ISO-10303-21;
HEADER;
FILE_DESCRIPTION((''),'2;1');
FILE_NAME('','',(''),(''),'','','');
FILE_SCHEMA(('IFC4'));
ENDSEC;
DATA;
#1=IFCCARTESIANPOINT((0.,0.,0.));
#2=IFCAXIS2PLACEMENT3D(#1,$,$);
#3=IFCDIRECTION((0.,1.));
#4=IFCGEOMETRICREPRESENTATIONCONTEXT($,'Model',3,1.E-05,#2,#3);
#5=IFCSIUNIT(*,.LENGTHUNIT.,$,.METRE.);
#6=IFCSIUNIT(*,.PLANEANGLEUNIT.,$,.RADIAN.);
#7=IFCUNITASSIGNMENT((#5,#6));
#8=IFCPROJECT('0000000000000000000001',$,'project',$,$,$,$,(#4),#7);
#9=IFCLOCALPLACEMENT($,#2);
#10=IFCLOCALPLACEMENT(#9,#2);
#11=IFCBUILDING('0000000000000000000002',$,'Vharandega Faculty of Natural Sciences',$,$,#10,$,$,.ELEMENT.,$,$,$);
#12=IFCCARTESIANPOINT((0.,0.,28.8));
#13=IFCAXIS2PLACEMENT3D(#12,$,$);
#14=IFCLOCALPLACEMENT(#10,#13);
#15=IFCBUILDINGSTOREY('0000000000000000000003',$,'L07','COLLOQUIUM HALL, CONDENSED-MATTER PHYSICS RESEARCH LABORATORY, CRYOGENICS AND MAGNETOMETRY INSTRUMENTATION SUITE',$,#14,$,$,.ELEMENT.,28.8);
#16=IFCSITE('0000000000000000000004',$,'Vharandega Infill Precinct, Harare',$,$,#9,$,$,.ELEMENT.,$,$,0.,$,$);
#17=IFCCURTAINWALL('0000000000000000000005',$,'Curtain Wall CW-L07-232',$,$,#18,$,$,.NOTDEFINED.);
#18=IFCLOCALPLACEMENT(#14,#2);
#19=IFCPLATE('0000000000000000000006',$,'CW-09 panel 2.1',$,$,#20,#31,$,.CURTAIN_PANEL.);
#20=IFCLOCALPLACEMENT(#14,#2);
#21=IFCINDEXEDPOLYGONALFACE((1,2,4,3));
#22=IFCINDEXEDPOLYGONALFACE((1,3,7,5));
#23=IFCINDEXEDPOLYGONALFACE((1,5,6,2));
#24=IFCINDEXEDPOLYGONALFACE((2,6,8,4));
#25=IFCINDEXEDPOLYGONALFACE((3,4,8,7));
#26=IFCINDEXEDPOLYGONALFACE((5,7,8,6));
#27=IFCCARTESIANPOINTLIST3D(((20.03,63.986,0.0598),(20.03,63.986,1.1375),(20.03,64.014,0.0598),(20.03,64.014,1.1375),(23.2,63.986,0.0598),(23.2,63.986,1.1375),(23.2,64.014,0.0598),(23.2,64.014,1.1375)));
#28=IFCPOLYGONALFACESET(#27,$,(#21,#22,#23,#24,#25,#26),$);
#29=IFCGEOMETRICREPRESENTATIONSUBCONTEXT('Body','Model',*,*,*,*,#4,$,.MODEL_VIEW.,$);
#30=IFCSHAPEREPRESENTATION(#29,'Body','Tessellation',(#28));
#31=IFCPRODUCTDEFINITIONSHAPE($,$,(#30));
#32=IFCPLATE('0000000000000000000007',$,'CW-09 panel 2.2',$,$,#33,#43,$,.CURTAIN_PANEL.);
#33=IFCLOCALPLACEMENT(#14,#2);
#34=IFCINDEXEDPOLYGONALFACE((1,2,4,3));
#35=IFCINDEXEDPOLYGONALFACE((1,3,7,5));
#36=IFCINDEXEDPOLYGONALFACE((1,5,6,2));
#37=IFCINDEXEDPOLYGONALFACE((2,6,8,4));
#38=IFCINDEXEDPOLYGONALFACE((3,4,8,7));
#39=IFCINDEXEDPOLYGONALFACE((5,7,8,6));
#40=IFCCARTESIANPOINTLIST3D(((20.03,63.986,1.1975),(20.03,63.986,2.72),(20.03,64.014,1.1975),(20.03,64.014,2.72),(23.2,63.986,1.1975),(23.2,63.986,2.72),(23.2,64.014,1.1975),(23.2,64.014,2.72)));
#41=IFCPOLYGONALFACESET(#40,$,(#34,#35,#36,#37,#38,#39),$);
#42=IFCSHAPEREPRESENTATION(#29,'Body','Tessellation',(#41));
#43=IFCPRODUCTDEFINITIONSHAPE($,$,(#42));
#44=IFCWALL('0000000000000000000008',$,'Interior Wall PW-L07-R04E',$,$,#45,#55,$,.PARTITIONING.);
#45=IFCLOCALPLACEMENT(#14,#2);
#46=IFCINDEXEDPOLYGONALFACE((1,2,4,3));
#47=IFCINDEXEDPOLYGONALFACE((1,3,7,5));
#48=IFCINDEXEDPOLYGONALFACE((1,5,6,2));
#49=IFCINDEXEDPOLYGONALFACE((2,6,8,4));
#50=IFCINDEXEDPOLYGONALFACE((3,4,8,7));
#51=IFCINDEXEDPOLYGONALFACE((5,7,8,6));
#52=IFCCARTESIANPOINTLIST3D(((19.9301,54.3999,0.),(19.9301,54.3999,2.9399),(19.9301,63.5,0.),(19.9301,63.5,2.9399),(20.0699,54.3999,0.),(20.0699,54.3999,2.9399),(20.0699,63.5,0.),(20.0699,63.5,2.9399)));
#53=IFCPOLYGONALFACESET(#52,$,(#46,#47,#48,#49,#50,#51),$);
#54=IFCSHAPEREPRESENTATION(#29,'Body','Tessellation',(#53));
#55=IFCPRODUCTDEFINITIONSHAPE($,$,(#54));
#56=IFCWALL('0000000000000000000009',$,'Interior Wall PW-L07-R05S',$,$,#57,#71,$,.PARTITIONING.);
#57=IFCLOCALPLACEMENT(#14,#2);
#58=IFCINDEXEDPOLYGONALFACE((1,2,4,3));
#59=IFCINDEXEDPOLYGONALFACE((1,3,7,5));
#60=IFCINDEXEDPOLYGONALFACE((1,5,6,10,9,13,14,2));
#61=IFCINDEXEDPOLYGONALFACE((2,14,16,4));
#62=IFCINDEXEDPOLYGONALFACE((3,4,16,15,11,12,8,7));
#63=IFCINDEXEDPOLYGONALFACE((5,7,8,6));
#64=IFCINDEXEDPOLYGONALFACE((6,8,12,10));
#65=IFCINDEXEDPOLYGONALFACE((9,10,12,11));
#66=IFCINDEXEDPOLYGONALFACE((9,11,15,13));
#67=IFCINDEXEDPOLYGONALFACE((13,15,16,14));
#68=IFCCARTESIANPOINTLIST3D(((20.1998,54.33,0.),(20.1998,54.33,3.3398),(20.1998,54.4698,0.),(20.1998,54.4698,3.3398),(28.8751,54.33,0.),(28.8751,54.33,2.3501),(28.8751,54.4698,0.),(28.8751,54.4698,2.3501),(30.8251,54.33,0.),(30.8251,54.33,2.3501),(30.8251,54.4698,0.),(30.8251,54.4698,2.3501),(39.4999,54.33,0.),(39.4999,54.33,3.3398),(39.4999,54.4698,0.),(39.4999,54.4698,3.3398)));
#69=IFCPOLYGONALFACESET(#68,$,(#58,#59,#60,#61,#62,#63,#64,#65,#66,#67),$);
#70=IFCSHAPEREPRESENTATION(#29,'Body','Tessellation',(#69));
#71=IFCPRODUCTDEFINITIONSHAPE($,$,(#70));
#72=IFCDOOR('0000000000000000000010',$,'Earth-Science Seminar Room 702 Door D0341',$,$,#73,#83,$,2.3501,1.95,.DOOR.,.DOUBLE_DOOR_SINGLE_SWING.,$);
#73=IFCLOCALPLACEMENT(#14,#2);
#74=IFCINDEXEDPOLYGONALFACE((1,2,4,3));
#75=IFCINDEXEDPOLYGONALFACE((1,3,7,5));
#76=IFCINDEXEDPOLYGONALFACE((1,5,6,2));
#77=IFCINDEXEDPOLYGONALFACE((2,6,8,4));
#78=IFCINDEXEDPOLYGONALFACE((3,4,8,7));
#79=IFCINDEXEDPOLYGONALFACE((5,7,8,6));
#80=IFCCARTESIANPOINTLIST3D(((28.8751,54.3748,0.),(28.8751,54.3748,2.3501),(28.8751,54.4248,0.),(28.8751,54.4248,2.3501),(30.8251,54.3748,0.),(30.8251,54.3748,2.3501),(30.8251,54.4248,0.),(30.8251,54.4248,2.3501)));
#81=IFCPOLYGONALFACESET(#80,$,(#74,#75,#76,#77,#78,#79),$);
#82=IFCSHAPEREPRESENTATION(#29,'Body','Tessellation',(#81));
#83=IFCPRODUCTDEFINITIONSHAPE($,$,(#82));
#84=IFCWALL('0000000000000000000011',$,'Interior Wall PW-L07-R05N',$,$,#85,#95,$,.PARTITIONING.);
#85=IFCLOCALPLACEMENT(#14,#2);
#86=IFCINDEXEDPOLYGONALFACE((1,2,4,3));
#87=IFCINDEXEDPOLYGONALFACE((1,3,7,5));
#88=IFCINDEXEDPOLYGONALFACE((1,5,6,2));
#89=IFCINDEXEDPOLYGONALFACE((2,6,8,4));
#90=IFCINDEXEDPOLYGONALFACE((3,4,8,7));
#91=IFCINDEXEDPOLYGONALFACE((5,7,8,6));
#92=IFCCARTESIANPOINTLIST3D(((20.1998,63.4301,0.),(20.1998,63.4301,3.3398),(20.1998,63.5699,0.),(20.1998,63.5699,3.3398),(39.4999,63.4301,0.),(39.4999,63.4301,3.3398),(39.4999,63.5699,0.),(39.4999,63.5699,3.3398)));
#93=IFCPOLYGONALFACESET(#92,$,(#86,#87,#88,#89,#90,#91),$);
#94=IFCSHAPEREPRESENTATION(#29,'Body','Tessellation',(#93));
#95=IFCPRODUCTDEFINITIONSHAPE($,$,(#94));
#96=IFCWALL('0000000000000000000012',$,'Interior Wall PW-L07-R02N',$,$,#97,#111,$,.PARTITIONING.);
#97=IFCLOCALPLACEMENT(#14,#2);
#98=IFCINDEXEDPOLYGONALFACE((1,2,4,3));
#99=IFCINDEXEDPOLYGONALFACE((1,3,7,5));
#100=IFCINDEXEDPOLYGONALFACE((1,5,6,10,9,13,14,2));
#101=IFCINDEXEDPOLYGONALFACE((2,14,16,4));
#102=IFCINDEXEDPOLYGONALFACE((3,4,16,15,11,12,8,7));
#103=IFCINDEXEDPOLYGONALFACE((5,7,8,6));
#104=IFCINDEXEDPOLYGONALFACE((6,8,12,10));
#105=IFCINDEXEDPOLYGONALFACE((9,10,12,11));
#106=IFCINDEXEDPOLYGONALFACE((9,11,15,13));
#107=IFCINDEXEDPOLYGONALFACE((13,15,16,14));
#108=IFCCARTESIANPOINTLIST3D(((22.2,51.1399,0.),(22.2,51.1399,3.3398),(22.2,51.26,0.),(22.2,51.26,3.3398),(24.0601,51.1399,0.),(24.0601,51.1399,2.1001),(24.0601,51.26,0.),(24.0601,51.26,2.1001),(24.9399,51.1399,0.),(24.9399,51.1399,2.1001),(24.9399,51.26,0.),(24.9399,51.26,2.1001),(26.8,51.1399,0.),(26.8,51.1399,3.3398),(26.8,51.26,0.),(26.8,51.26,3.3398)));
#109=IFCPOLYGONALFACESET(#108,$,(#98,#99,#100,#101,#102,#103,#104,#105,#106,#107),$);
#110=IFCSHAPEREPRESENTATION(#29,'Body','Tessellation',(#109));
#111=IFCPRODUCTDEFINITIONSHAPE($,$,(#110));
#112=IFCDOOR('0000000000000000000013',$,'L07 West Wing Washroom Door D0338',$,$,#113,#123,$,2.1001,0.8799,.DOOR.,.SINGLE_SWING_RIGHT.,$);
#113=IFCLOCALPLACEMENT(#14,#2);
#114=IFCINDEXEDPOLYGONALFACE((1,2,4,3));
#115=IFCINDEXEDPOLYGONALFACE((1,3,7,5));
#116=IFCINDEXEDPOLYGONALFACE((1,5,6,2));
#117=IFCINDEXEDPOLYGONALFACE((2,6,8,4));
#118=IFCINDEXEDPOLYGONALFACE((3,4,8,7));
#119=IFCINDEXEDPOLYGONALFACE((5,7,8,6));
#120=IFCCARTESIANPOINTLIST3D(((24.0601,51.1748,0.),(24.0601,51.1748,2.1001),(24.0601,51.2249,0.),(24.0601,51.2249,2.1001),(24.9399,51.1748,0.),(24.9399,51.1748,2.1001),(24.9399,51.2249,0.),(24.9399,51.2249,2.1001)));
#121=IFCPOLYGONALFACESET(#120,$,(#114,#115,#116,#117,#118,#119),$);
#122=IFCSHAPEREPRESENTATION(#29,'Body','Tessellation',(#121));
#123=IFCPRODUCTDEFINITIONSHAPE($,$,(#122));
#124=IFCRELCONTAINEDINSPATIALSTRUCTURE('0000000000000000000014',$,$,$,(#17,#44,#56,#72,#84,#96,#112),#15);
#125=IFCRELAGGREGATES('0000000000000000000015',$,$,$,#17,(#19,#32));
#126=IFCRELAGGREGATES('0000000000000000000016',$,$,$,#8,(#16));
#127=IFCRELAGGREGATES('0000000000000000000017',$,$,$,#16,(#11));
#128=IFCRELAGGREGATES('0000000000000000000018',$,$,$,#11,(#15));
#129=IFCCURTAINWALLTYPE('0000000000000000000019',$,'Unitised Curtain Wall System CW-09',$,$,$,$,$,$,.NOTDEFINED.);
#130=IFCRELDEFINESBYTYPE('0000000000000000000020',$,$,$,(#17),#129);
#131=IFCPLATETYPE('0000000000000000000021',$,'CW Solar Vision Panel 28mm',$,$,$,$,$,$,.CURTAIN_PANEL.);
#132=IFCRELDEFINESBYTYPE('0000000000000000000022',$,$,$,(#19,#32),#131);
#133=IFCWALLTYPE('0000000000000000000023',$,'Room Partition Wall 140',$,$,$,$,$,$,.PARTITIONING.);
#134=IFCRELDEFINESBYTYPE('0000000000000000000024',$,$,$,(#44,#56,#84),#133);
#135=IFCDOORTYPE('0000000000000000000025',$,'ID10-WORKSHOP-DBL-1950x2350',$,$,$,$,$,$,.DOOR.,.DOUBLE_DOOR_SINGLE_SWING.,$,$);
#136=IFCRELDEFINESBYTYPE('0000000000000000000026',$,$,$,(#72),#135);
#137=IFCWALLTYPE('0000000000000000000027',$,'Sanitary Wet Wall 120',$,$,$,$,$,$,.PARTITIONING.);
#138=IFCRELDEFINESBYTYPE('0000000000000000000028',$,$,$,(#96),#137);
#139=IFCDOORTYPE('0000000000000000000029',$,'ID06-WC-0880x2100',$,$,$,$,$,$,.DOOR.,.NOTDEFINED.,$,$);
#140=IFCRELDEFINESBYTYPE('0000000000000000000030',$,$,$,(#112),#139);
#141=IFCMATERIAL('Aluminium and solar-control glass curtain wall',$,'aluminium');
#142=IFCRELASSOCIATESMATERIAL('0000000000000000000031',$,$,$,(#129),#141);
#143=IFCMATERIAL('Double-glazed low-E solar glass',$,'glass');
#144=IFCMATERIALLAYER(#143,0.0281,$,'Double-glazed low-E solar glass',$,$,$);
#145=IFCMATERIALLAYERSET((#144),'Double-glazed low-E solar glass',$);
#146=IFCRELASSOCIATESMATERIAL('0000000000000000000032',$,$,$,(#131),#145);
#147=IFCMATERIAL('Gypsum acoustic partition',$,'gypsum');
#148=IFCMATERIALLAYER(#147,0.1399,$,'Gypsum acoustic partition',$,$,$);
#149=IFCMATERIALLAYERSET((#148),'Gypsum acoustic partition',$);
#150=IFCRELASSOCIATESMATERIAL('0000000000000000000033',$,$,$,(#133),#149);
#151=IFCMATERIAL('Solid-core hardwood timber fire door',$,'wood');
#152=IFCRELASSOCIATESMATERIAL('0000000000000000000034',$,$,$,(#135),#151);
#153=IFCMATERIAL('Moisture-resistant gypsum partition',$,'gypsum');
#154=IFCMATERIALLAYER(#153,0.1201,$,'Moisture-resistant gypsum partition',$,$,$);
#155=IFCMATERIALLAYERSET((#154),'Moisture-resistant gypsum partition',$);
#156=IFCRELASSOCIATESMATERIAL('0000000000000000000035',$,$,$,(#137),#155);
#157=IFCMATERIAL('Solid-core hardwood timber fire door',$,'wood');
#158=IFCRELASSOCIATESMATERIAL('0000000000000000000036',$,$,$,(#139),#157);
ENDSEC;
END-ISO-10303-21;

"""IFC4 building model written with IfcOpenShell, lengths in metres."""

from ifc_helpers import new_model, si_unit, direction, frame, frame_2d, origin, origin_2d, place, context, subcontext, project, spatial, rectangle, extrude, material, layer, layer_set, type_object, element, fill, aggregate, save


model = new_model("IFC4")

# Units and contexts
model_context = context("Model", 3, precision=1e-05, world=origin(), true_north=direction((0.0, 1.0)))
body_context = subcontext(model_context, "Body", "Model", "MODEL_VIEW")
ifc_project = project(units=[si_unit("LENGTHUNIT", "METRE"), si_unit("PLANEANGLEUNIT", "RADIAN")], contexts=[model_context])

# Site, building, storey
site_placement = place(None, origin())
site = spatial("IfcSite", under=ifc_project, at=site_placement, Name="Vharandega Infill Precinct, Harare", CompositionType="ELEMENT", RefElevation=0.0)
building_placement = place(site_placement, origin())
building = spatial("IfcBuilding", under=site, at=building_placement, Name="Vharandega Faculty of Natural Sciences", CompositionType="ELEMENT")
storey_placement = place(building_placement, frame((0.0, 0.0, 28.8)))
storey = spatial("IfcBuildingStorey", under=building, at=storey_placement, Name="L07", Description="COLLOQUIUM HALL, CONDENSED-MATTER PHYSICS RESEARCH LABORATORY, CRYOGENICS AND MAGNETOMETRY INSTRUMENTATION SUITE", CompositionType="ELEMENT", Elevation=28.8)

# Curtain wall
ifc_material_1 = material(Name="Aluminium and solar-control glass curtain wall", Category="aluminium")
curtain_wall_type_1 = type_object("IfcCurtainWallType", Name="Unitised Curtain Wall System CW-09", PredefinedType="NOTDEFINED", material=ifc_material_1)
curtain_wall_1_placement = place(storey_placement, origin())
curtain_wall_1 = element("IfcCurtainWall", 1, at=curtain_wall_1_placement, inside=storey, type_object=curtain_wall_type_1, Name="Curtain Wall CW-L07-232", PredefinedType="NOTDEFINED")

# Plates
ifc_material_2 = material(Name="Double-glazed low-E solar glass", Category="glass")
ifc_layer_1 = layer(ifc_material_2, 0.0281, Name="Double-glazed low-E solar glass")
ifc_layer_set_1 = layer_set([ifc_layer_1], Name="Double-glazed low-E solar glass")
plate_type = type_object("IfcPlateType", Name="CW Solar Vision Panel 28mm", PredefinedType="CURTAIN_PANEL", material=ifc_layer_set_1)
plate_1_placement = place(storey_placement, frame((21.615, 64.0, 0.0598), z_axis=(0.0, 0.0, 1.0), x_axis=(1.0, 0.0, 0.0)))
plate_1 = element("IfcPlate", 2, at=plate_1_placement, type_object=plate_type, Name="CW-09 panel 2.1", PredefinedType="CURTAIN_PANEL", context=body_context, shape_type="SweptSolid", body=[
    extrude(rectangle(XDim=3.1699, YDim=0.0281, at=origin_2d()), origin(), (0.0, 0.0, 1.0), 1.0776),
])
plate_2_placement = place(storey_placement, frame((21.615, 64.0, 1.1975), z_axis=(0.0, 0.0, 1.0), x_axis=(1.0, 0.0, 0.0)))
plate_2 = element("IfcPlate", 3, at=plate_2_placement, type_object=plate_type, Name="CW-09 panel 2.2", PredefinedType="CURTAIN_PANEL", context=body_context, shape_type="SweptSolid", body=[
    extrude(rectangle(XDim=3.1699, YDim=0.0281, at=origin_2d()), origin(), (0.0, 0.0, 1.0), 1.5225),
])
aggregate(curtain_wall_1, [plate_1, plate_2])

# Wall
ifc_material_3 = material(Name="Gypsum acoustic partition", Category="gypsum")
ifc_layer_2 = layer(ifc_material_3, 0.1399, Name="Gypsum acoustic partition")
ifc_layer_set_2 = layer_set([ifc_layer_2], Name="Gypsum acoustic partition")
wall_type_1 = type_object("IfcWallType", Name="Room Partition Wall 140", PredefinedType="PARTITIONING", material=ifc_layer_set_2)
wall_1_placement = place(storey_placement, frame((20.0, 54.3999, 0.0), z_axis=(0.0, 0.0, 1.0), x_axis=(0.0, 1.0, 0.0)))
element("IfcWall", 4, at=wall_1_placement, inside=storey, type_object=wall_type_1, Name="Interior Wall PW-L07-R04E", PredefinedType="PARTITIONING", context=body_context, shape_type="SweptSolid", body=[
    extrude(rectangle(XDim=9.1001, YDim=0.1399, at=frame_2d((4.55, 0.0))), origin(), (0.0, 0.0, 1.0), 2.9399),
])

# Wall, opening, door
wall_2_placement = place(storey_placement, frame((20.2, 54.3999, 0.0), z_axis=(0.0, 0.0, 1.0), x_axis=(1.0, 0.0, 0.0)))
wall_2 = element("IfcWall", 5, at=wall_2_placement, inside=storey, type_object=wall_type_1, Name="Interior Wall PW-L07-R05S", PredefinedType="PARTITIONING", context=body_context, shape_type="SweptSolid", body=[
    extrude(rectangle(XDim=19.3, YDim=0.1399, at=frame_2d((9.6499, 0.0))), origin(), (0.0, 0.0, 1.0), 3.3398),
])
opening_1_placement = place(wall_2_placement, frame((8.675, 0.0, 0.0)))
opening_1 = element("IfcOpeningElement", 6, at=opening_1_placement, cuts=wall_2, PredefinedType="OPENING", context=body_context, shape_type="SweptSolid", body=[
    extrude(rectangle(XDim=1.95, YDim=2.3501, at=frame_2d((0.9751, 1.175))), frame((0.0, 0.0801, 0.0), z_axis=(0.0, -1.0, 0.0), x_axis=(1.0, 0.0, 0.0)), (0.0, 0.0, 1.0), 0.1599),
])
ifc_material_4 = material(Name="Solid-core hardwood timber fire door", Category="wood")
door_type_1 = type_object("IfcDoorType", Name="ID10-WORKSHOP-DBL-1950x2350", OperationType="DOUBLE_DOOR_SINGLE_SWING", PredefinedType="DOOR", material=ifc_material_4)
door_1_placement = place(opening_1_placement, origin())
door_1 = element("IfcDoor", 7, at=door_1_placement, inside=storey, type_object=door_type_1, Name="Earth-Science Seminar Room 702 Door D0341", OperationType="DOUBLE_DOOR_SINGLE_SWING", OverallHeight=2.3501, OverallWidth=1.95, PredefinedType="DOOR", context=body_context, shape_type="SweptSolid", body=[
    extrude(rectangle(XDim=1.95, YDim=2.3501, at=frame_2d((0.9751, 1.175))), frame((0.0, 0.0249, 0.0), z_axis=(0.0, -1.0, 0.0), x_axis=(1.0, 0.0, 0.0)), (0.0, 0.0, 1.0), 0.05),
])
fill(opening_1, door_1)

# Wall
wall_3_placement = place(storey_placement, frame((20.2, 63.5, 0.0), z_axis=(0.0, 0.0, 1.0), x_axis=(1.0, 0.0, 0.0)))
element("IfcWall", 8, at=wall_3_placement, inside=storey, type_object=wall_type_1, Name="Interior Wall PW-L07-R05N", PredefinedType="PARTITIONING", context=body_context, shape_type="SweptSolid", body=[
    extrude(rectangle(XDim=19.3, YDim=0.1399, at=frame_2d((9.6499, 0.0))), origin(), (0.0, 0.0, 1.0), 3.3398),
])

# Wall, opening, door
ifc_material_5 = material(Name="Moisture-resistant gypsum partition", Category="gypsum")
ifc_layer_3 = layer(ifc_material_5, 0.1201, Name="Moisture-resistant gypsum partition")
ifc_layer_set_3 = layer_set([ifc_layer_3], Name="Moisture-resistant gypsum partition")
wall_type_2 = type_object("IfcWallType", Name="Sanitary Wet Wall 120", PredefinedType="PARTITIONING", material=ifc_layer_set_3)
wall_4_placement = place(storey_placement, frame((22.2, 51.2, 0.0), z_axis=(0.0, 0.0, 1.0), x_axis=(1.0, 0.0, 0.0)))
wall_4 = element("IfcWall", 9, at=wall_4_placement, inside=storey, type_object=wall_type_2, Name="Interior Wall PW-L07-R02N", PredefinedType="PARTITIONING", context=body_context, shape_type="SweptSolid", body=[
    extrude(rectangle(XDim=4.6001, YDim=0.1201, at=frame_2d((2.3, 0.0))), origin(), (0.0, 0.0, 1.0), 3.3398),
])
opening_2_placement = place(wall_4_placement, frame((1.8601, 0.0, 0.0)))
opening_2 = element("IfcOpeningElement", 10, at=opening_2_placement, cuts=wall_4, PredefinedType="OPENING", context=body_context, shape_type="SweptSolid", body=[
    extrude(rectangle(XDim=0.8799, YDim=2.1001, at=frame_2d((0.4399, 1.05))), frame((0.0, 0.0701, 0.0), z_axis=(0.0, -1.0, 0.0), x_axis=(1.0, 0.0, 0.0)), (0.0, 0.0, 1.0), 0.1401),
])
ifc_material_6 = material(Name="Solid-core hardwood timber fire door", Category="wood")
door_type_2 = type_object("IfcDoorType", Name="ID06-WC-0880x2100", OperationType="NOTDEFINED", PredefinedType="DOOR", material=ifc_material_6)
door_2_placement = place(opening_2_placement, origin())
door_2 = element("IfcDoor", 11, at=door_2_placement, inside=storey, type_object=door_type_2, Name="L07 West Wing Washroom Door D0338", OperationType="SINGLE_SWING_RIGHT", OverallHeight=2.1001, OverallWidth=0.8799, PredefinedType="DOOR", context=body_context, shape_type="SweptSolid", body=[
    extrude(rectangle(XDim=0.8799, YDim=2.1001, at=frame_2d((0.4399, 1.05))), frame((0.0, 0.0249, 0.0), z_axis=(0.0, -1.0, 0.0), x_axis=(1.0, 0.0, 0.0)), (0.0, 0.0, 1.0), 0.05),
])
fill(opening_2, door_2)

save(model, "model.ifc")
